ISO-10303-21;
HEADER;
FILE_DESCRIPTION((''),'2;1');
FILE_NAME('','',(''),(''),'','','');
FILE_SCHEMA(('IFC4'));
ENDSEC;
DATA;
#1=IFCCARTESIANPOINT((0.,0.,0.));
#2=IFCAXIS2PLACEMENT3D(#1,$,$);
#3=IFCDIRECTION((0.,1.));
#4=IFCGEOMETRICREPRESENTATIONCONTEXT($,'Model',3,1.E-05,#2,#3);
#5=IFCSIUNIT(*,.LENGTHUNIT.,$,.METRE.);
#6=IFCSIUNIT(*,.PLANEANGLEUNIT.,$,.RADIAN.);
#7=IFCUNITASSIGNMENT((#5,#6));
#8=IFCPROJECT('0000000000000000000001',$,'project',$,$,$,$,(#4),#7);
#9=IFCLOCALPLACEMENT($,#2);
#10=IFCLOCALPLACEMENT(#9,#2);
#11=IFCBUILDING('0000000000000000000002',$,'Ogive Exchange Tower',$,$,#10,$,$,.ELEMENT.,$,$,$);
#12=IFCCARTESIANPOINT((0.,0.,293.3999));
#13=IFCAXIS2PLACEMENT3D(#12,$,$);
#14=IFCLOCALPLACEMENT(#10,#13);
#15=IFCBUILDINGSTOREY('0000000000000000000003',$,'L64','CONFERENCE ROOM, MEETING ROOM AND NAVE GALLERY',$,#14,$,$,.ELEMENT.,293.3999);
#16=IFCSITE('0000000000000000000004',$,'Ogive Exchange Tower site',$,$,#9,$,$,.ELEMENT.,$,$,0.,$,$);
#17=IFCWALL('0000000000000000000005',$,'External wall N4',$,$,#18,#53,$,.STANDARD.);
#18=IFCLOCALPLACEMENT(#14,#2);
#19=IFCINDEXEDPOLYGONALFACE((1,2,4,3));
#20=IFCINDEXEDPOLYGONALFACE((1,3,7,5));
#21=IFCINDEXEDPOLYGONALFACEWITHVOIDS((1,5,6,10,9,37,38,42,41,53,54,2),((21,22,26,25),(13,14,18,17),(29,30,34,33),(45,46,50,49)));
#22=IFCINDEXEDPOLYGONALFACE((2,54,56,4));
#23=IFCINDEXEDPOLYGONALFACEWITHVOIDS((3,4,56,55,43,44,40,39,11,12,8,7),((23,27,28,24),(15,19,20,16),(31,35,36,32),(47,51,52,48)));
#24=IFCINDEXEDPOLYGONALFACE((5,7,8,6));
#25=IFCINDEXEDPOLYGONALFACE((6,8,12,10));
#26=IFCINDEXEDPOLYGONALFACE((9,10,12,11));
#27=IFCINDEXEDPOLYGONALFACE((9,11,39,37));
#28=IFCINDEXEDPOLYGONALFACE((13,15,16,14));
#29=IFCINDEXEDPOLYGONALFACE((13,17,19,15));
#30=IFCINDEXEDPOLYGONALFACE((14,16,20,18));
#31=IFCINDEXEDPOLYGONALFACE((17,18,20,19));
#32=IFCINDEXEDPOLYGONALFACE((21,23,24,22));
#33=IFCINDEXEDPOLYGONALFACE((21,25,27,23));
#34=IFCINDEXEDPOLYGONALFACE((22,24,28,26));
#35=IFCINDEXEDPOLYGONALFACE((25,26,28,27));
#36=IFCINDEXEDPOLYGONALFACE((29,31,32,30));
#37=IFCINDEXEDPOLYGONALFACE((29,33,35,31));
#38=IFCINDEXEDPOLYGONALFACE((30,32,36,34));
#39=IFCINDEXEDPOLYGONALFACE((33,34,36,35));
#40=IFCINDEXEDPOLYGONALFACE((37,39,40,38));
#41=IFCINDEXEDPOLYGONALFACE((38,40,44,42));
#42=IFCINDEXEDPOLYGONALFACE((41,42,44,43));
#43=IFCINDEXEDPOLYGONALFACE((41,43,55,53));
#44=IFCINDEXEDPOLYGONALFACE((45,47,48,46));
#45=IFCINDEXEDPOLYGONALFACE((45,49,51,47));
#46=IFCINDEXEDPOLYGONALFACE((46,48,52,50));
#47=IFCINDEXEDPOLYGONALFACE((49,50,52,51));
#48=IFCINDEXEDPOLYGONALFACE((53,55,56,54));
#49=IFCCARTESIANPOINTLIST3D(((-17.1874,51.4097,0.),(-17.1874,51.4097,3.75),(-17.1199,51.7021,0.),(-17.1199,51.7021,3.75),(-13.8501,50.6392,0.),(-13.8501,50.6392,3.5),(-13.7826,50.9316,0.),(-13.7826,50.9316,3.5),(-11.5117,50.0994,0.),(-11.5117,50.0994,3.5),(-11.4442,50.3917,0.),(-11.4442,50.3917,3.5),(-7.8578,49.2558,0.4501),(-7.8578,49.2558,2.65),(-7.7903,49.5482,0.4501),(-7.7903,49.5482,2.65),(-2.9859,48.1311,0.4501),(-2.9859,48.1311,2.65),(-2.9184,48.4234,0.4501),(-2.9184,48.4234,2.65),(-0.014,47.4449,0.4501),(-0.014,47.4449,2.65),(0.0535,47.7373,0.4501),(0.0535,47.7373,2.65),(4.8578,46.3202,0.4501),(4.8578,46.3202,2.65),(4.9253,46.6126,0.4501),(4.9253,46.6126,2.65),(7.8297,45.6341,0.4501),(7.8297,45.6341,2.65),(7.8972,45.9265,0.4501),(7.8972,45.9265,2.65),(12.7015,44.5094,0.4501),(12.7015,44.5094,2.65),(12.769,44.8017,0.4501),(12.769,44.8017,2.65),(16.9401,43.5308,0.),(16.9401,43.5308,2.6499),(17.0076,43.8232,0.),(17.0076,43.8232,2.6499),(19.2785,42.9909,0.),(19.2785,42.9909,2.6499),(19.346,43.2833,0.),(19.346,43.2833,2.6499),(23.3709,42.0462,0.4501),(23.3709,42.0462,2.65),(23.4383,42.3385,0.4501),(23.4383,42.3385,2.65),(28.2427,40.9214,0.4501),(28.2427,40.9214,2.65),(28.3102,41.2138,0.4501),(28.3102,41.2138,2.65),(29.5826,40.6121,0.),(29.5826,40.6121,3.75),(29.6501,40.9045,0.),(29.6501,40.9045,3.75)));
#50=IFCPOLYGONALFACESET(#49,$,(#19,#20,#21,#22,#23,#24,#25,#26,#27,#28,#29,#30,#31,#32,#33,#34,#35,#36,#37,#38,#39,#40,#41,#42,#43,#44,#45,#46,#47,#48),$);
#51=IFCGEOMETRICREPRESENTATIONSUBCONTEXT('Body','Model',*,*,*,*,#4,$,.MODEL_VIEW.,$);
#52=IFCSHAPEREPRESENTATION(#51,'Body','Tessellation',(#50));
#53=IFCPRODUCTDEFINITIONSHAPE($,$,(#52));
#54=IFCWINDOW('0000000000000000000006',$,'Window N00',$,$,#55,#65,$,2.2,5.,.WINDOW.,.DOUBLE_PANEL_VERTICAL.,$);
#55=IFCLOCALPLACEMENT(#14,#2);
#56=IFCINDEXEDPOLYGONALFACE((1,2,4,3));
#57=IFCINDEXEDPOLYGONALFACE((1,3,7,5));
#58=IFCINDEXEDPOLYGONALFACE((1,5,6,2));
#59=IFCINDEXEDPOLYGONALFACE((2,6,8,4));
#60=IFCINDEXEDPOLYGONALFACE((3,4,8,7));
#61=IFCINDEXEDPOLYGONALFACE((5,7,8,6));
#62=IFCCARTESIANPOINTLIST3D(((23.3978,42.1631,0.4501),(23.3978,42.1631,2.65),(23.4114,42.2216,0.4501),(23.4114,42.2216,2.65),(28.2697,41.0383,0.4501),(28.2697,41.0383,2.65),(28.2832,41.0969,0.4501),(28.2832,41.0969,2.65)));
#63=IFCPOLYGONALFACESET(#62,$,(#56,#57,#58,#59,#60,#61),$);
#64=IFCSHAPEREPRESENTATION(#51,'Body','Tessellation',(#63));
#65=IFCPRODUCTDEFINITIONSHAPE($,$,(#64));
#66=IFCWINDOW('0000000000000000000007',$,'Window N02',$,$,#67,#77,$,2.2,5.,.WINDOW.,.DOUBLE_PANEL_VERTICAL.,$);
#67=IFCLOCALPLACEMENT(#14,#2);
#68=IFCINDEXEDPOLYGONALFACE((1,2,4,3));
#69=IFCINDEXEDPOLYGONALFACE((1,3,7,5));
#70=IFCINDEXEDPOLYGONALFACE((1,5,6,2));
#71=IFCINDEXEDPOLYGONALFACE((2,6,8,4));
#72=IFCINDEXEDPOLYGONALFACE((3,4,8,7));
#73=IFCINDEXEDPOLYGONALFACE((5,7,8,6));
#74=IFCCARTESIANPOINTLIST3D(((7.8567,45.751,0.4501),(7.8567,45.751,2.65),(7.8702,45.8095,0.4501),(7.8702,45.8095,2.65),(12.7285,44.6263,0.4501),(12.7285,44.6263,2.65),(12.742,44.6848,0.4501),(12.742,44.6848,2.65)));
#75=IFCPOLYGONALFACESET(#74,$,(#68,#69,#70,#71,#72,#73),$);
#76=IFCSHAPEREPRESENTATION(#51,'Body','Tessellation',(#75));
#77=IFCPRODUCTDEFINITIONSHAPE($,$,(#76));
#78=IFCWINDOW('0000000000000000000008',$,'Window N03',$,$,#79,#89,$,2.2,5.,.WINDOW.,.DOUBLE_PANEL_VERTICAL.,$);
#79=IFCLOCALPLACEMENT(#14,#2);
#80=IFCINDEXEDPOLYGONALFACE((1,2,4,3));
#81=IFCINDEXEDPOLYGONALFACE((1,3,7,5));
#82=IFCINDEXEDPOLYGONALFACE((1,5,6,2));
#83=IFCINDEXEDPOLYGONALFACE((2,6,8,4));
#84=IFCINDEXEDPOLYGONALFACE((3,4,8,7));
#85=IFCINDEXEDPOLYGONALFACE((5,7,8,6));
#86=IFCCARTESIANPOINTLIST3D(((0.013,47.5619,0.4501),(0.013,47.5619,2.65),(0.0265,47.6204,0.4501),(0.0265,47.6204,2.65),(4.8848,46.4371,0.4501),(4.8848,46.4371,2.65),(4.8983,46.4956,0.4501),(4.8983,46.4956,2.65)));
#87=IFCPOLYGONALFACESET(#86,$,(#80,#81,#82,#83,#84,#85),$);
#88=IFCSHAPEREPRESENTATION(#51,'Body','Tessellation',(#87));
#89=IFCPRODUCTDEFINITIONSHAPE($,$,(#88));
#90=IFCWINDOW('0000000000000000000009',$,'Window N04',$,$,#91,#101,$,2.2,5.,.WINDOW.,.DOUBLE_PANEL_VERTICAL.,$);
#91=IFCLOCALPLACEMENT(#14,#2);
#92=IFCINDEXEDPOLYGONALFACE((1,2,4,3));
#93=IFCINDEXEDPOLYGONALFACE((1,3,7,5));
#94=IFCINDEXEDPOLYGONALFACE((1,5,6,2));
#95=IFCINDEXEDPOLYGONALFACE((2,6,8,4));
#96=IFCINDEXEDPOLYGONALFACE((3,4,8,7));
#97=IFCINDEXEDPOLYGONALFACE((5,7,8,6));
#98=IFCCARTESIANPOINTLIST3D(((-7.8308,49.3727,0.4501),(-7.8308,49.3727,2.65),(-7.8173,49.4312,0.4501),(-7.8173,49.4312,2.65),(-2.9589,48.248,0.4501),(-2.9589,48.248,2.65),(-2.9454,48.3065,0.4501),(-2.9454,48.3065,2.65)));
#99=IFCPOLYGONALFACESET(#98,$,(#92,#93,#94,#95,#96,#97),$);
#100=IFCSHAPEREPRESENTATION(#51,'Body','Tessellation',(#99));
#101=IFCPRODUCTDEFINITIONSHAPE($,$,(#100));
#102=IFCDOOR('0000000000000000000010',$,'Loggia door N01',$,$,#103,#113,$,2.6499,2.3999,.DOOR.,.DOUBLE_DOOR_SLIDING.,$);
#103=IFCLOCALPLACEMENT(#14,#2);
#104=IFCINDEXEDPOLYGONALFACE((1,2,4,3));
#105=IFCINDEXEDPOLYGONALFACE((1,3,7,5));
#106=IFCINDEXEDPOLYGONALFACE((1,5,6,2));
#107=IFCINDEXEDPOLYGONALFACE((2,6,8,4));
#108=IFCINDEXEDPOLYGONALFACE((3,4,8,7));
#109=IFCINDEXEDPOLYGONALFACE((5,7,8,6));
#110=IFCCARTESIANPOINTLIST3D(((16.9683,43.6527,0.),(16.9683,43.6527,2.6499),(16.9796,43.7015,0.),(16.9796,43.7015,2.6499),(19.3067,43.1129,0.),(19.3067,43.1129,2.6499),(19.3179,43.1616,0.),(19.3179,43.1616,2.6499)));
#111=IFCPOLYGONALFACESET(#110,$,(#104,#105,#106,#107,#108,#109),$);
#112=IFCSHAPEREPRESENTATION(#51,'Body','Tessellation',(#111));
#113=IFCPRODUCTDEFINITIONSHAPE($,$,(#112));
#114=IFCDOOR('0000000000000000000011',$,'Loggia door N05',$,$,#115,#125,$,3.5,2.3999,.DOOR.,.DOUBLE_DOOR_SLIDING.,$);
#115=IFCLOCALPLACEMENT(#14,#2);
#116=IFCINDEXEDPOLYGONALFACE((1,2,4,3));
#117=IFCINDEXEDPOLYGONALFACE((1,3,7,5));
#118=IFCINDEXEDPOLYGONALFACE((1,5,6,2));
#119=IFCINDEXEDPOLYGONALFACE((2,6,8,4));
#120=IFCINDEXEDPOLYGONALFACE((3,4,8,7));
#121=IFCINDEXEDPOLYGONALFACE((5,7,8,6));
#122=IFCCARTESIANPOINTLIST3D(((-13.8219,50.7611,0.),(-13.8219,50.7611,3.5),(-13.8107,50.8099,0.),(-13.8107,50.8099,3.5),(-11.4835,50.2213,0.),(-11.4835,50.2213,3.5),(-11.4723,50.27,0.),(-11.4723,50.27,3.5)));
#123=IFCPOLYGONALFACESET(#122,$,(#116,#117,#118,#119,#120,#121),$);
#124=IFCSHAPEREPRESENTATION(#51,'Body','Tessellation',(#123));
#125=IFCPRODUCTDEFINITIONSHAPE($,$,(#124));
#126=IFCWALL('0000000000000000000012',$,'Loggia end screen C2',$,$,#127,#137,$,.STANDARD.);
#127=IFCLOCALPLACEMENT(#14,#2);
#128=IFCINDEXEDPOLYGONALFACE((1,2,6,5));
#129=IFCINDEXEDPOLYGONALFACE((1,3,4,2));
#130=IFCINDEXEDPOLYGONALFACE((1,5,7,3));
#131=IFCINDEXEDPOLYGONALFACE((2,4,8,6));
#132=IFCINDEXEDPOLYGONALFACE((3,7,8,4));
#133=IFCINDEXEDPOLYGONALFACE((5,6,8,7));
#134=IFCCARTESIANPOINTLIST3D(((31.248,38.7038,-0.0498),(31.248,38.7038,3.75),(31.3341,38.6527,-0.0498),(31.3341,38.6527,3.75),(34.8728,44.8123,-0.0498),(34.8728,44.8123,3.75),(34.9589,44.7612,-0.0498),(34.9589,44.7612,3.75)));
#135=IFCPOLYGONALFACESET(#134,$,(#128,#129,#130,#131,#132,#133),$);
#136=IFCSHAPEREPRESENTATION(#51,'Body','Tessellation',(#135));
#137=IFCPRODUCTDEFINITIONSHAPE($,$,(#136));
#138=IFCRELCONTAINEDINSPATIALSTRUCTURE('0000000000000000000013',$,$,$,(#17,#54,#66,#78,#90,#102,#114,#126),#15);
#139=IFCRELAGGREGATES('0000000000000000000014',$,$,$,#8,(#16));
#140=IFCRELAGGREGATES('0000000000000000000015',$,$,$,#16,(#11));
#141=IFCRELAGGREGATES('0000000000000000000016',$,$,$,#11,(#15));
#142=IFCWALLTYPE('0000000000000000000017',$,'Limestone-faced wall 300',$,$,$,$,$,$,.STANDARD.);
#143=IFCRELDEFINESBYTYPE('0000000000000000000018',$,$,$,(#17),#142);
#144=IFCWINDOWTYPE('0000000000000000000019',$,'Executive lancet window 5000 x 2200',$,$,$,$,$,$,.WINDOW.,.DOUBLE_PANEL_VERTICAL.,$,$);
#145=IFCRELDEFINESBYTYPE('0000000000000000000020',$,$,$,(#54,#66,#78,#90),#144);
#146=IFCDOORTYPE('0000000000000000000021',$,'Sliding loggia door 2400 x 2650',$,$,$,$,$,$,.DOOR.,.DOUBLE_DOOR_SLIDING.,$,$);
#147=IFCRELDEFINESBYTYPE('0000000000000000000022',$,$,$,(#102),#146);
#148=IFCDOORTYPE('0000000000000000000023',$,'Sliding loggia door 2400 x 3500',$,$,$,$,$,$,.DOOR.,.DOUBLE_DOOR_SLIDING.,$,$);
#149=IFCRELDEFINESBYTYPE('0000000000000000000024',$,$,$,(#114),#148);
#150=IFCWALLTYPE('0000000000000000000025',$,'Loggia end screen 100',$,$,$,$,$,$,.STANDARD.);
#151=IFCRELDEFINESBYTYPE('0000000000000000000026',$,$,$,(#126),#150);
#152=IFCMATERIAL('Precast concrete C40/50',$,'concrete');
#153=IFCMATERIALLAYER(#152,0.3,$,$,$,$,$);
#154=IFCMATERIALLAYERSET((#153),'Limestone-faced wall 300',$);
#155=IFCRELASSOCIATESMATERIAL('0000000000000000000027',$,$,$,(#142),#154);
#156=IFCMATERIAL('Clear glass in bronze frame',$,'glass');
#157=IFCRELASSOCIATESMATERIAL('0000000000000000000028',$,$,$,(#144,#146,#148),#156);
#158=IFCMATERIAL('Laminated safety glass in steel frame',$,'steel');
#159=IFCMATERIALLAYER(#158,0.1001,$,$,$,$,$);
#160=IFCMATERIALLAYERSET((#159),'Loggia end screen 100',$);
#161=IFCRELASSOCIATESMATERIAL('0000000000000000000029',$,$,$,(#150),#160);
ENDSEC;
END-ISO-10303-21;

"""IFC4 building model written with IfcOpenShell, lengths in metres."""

from ifc_helpers import new_model, si_unit, direction, frame, frame_2d, origin, place, context, subcontext, project, spatial, rectangle, extrude, material, layer, layer_set, type_object, element, fill, save


model = new_model("IFC4")

# Units and contexts
model_context = context("Model", 3, precision=1e-05, world=origin(), true_north=direction((0.0, 1.0)))
body_context = subcontext(model_context, "Body", "Model", "MODEL_VIEW")
ifc_project = project(units=[si_unit("LENGTHUNIT", "METRE"), si_unit("PLANEANGLEUNIT", "RADIAN")], contexts=[model_context])

# Site, building, storey
site_placement = place(None, origin())
site = spatial("IfcSite", under=ifc_project, at=site_placement, Name="Ogive Exchange Tower site", CompositionType="ELEMENT", RefElevation=0.0)
building_placement = place(site_placement, origin())
building = spatial("IfcBuilding", under=site, at=building_placement, Name="Ogive Exchange Tower", CompositionType="ELEMENT")
storey_placement = place(building_placement, frame((0.0, 0.0, 293.3999)))
storey = spatial("IfcBuildingStorey", under=building, at=storey_placement, Name="L64", Description="CONFERENCE ROOM, MEETING ROOM AND NAVE GALLERY", CompositionType="ELEMENT", Elevation=293.3999)

# Wall, openings, windows, doors
ifc_material_1 = material(Name="Precast concrete C40/50", Category="concrete")
ifc_layer_1 = layer(ifc_material_1, 0.3)
ifc_layer_set_1 = layer_set([ifc_layer_1], Name="Limestone-faced wall 300")
wall_type_1 = type_object("IfcWallType", Name="Limestone-faced wall 300", PredefinedType="STANDARD", material=ifc_layer_set_1)
wall_1_placement = place(storey_placement, frame((29.6162, 40.7583, 0.0), z_axis=(0.0, 0.0, 1.0), x_axis=(-0.974371, 0.224949, 0.0)))
wall_1 = element("IfcWall", 1, at=wall_1_placement, inside=storey, type_object=wall_type_1, Name="External wall N4", PredefinedType="STANDARD", context=body_context, shape_type="SweptSolid", body=[
    extrude(rectangle(XDim=48.0002, YDim=0.3, at=frame_2d((24.0, 0.0))), origin(), (0.0, 0.0, 1.0), 3.75),
])
opening_1_placement = place(wall_1_placement, frame((1.375, 0.0, 0.45)))
opening_1 = element("IfcOpeningElement", 2, at=opening_1_placement, cuts=wall_1, PredefinedType="OPENING", context=body_context, shape_type="SweptSolid", body=[
    extrude(rectangle(XDim=5.0, YDim=2.2, at=frame_2d((2.5, 1.1001))), frame((0.0, 0.1599, 0.0), z_axis=(0.0, -1.0, 0.0), x_axis=(1.0, 0.0, 0.0)), (0.0, 0.0, 1.0), 0.3201),
])
opening_2_placement = place(wall_1_placement, frame((10.575, 0.0, 0.0)))
opening_2 = element("IfcOpeningElement", 3, at=opening_2_placement, cuts=wall_1, PredefinedType="OPENING", context=body_context, shape_type="SweptSolid", body=[
    extrude(rectangle(XDim=2.3999, YDim=2.6499, at=frame_2d((1.2, 1.325))), frame((0.0, 0.1599, 0.0), z_axis=(0.0, -1.0, 0.0), x_axis=(1.0, 0.0, 0.0)), (0.0, 0.0, 1.0), 0.3201),
])
opening_3_placement = place(wall_1_placement, frame((17.325, 0.0, 0.45)))
opening_3 = element("IfcOpeningElement", 4, at=opening_3_placement, cuts=wall_1, PredefinedType="OPENING", context=body_context, shape_type="SweptSolid", body=[
    extrude(rectangle(XDim=5.0, YDim=2.2, at=frame_2d((2.5, 1.1001))), frame((0.0, 0.1599, 0.0), z_axis=(0.0, -1.0, 0.0), x_axis=(1.0, 0.0, 0.0)), (0.0, 0.0, 1.0), 0.3201),
])
opening_4_placement = place(wall_1_placement, frame((25.375, 0.0, 0.45)))
opening_4 = element("IfcOpeningElement", 5, at=opening_4_placement, cuts=wall_1, PredefinedType="OPENING", context=body_context, shape_type="SweptSolid", body=[
    extrude(rectangle(XDim=5.0, YDim=2.2, at=frame_2d((2.5, 1.1001))), frame((0.0, 0.1599, 0.0), z_axis=(0.0, -1.0, 0.0), x_axis=(1.0, 0.0, 0.0)), (0.0, 0.0, 1.0), 0.3201),
])
opening_5_placement = place(wall_1_placement, frame((33.425, 0.0, 0.45)))
opening_5 = element("IfcOpeningElement", 6, at=opening_5_placement, cuts=wall_1, PredefinedType="OPENING", context=body_context, shape_type="SweptSolid", body=[
    extrude(rectangle(XDim=5.0, YDim=2.2, at=frame_2d((2.5, 1.1001))), frame((0.0, 0.1599, 0.0), z_axis=(0.0, -1.0, 0.0), x_axis=(1.0, 0.0, 0.0)), (0.0, 0.0, 1.0), 0.3201),
])
opening_6_placement = place(wall_1_placement, frame((42.175, 0.0, 0.0)))
opening_6 = element("IfcOpeningElement", 7, at=opening_6_placement, cuts=wall_1, PredefinedType="OPENING", context=body_context, shape_type="SweptSolid", body=[
    extrude(rectangle(XDim=2.3999, YDim=3.5, at=frame_2d((1.2, 1.75))), frame((0.0, 0.1599, 0.0), z_axis=(0.0, -1.0, 0.0), x_axis=(1.0, 0.0, 0.0)), (0.0, 0.0, 1.0), 0.3201),
])
ifc_material_2 = material(Name="Clear glass in bronze frame", Category="glass")
window_type = type_object("IfcWindowType", Name="Executive lancet window 5000 x 2200", PartitioningType="DOUBLE_PANEL_VERTICAL", PredefinedType="WINDOW", material=ifc_material_2)
window_1_placement = place(opening_1_placement, origin())
window_1 = element("IfcWindow", 8, at=window_1_placement, inside=storey, type_object=window_type, Name="Window N00", OverallHeight=2.2, OverallWidth=5.0, PartitioningType="DOUBLE_PANEL_VERTICAL", PredefinedType="WINDOW", context=body_context, shape_type="SweptSolid", body=[
    extrude(rectangle(XDim=5.0, YDim=2.2, at=frame_2d((2.5, 1.1001))), frame((0.0, 0.03, 0.0), z_axis=(0.0, -1.0, 0.0), x_axis=(1.0, 0.0, 0.0)), (0.0, 0.0, 1.0), 0.0601),
])
fill(opening_1, window_1)
window_2_placement = place(opening_3_placement, origin())
window_2 = element("IfcWindow", 9, at=window_2_placement, inside=storey, type_object=window_type, Name="Window N02", OverallHeight=2.2, OverallWidth=5.0, PartitioningType="DOUBLE_PANEL_VERTICAL", PredefinedType="WINDOW", context=body_context, shape_type="SweptSolid", body=[
    extrude(rectangle(XDim=5.0, YDim=2.2, at=frame_2d((2.5, 1.1001))), frame((0.0, 0.03, 0.0), z_axis=(0.0, -1.0, 0.0), x_axis=(1.0, 0.0, 0.0)), (0.0, 0.0, 1.0), 0.0601),
])
fill(opening_3, window_2)
window_3_placement = place(opening_4_placement, origin())
window_3 = element("IfcWindow", 10, at=window_3_placement, inside=storey, type_object=window_type, Name="Window N03", OverallHeight=2.2, OverallWidth=5.0, PartitioningType="DOUBLE_PANEL_VERTICAL", PredefinedType="WINDOW", context=body_context, shape_type="SweptSolid", body=[
    extrude(rectangle(XDim=5.0, YDim=2.2, at=frame_2d((2.5, 1.1001))), frame((0.0, 0.03, 0.0), z_axis=(0.0, -1.0, 0.0), x_axis=(1.0, 0.0, 0.0)), (0.0, 0.0, 1.0), 0.0601),
])
fill(opening_4, window_3)
window_4_placement = place(opening_5_placement, origin())
window_4 = element("IfcWindow", 11, at=window_4_placement, inside=storey, type_object=window_type, Name="Window N04", OverallHeight=2.2, OverallWidth=5.0, PartitioningType="DOUBLE_PANEL_VERTICAL", PredefinedType="WINDOW", context=body_context, shape_type="SweptSolid", body=[
    extrude(rectangle(XDim=5.0, YDim=2.2, at=frame_2d((2.5, 1.1001))), frame((0.0, 0.03, 0.0), z_axis=(0.0, -1.0, 0.0), x_axis=(1.0, 0.0, 0.0)), (0.0, 0.0, 1.0), 0.0601),
])
fill(opening_5, window_4)
door_type_1 = type_object("IfcDoorType", Name="Sliding loggia door 2400 x 2650", OperationType="DOUBLE_DOOR_SLIDING", PredefinedType="DOOR", material=ifc_material_2)
door_1_placement = place(opening_2_placement, origin())
door_1 = element("IfcDoor", 12, at=door_1_placement, inside=storey, type_object=door_type_1, Name="Loggia door N01", OperationType="DOUBLE_DOOR_SLIDING", OverallHeight=2.6499, OverallWidth=2.3999, PredefinedType="DOOR", context=body_context, shape_type="SweptSolid", body=[
    extrude(rectangle(XDim=2.3999, YDim=2.6499, at=frame_2d((1.2, 1.325))), frame((0.0, 0.0249, 0.0), z_axis=(0.0, -1.0, 0.0), x_axis=(1.0, 0.0, 0.0)), (0.0, 0.0, 1.0), 0.05),
])
fill(opening_2, door_1)
door_type_2 = type_object("IfcDoorType", Name="Sliding loggia door 2400 x 3500", OperationType="DOUBLE_DOOR_SLIDING", PredefinedType="DOOR", material=ifc_material_2)
door_2_placement = place(opening_6_placement, origin())
door_2 = element("IfcDoor", 13, at=door_2_placement, inside=storey, type_object=door_type_2, Name="Loggia door N05", OperationType="DOUBLE_DOOR_SLIDING", OverallHeight=3.5, OverallWidth=2.3999, PredefinedType="DOOR", context=body_context, shape_type="SweptSolid", body=[
    extrude(rectangle(XDim=2.3999, YDim=3.5, at=frame_2d((1.2, 1.75))), frame((0.0, 0.0249, 0.0), z_axis=(0.0, -1.0, 0.0), x_axis=(1.0, 0.0, 0.0)), (0.0, 0.0, 1.0), 0.05),
])
fill(opening_6, door_2)

# Wall
ifc_material_3 = material(Name="Laminated safety glass in steel frame", Category="steel")
ifc_layer_2 = layer(ifc_material_3, 0.1001)
ifc_layer_set_2 = layer_set([ifc_layer_2], Name="Loggia end screen 100")
wall_type_2 = type_object("IfcWallType", Name="Loggia end screen 100", PredefinedType="STANDARD", material=ifc_layer_set_2)
wall_2_placement = place(storey_placement, frame((31.291, 38.6782, -0.0498), z_axis=(0.0, 0.0, 1.0), x_axis=(0.51032, 0.859985, 0.0)))
element("IfcWall", 14, at=wall_2_placement, inside=storey, type_object=wall_type_2, Name="Loggia end screen C2", PredefinedType="STANDARD", context=body_context, shape_type="SweptSolid", body=[
    extrude(rectangle(XDim=7.103, YDim=0.1001, at=frame_2d((3.5515, 0.0))), origin(), (0.0, 0.0, 1.0), 3.7998),
])

save(model, "model.ifc")
